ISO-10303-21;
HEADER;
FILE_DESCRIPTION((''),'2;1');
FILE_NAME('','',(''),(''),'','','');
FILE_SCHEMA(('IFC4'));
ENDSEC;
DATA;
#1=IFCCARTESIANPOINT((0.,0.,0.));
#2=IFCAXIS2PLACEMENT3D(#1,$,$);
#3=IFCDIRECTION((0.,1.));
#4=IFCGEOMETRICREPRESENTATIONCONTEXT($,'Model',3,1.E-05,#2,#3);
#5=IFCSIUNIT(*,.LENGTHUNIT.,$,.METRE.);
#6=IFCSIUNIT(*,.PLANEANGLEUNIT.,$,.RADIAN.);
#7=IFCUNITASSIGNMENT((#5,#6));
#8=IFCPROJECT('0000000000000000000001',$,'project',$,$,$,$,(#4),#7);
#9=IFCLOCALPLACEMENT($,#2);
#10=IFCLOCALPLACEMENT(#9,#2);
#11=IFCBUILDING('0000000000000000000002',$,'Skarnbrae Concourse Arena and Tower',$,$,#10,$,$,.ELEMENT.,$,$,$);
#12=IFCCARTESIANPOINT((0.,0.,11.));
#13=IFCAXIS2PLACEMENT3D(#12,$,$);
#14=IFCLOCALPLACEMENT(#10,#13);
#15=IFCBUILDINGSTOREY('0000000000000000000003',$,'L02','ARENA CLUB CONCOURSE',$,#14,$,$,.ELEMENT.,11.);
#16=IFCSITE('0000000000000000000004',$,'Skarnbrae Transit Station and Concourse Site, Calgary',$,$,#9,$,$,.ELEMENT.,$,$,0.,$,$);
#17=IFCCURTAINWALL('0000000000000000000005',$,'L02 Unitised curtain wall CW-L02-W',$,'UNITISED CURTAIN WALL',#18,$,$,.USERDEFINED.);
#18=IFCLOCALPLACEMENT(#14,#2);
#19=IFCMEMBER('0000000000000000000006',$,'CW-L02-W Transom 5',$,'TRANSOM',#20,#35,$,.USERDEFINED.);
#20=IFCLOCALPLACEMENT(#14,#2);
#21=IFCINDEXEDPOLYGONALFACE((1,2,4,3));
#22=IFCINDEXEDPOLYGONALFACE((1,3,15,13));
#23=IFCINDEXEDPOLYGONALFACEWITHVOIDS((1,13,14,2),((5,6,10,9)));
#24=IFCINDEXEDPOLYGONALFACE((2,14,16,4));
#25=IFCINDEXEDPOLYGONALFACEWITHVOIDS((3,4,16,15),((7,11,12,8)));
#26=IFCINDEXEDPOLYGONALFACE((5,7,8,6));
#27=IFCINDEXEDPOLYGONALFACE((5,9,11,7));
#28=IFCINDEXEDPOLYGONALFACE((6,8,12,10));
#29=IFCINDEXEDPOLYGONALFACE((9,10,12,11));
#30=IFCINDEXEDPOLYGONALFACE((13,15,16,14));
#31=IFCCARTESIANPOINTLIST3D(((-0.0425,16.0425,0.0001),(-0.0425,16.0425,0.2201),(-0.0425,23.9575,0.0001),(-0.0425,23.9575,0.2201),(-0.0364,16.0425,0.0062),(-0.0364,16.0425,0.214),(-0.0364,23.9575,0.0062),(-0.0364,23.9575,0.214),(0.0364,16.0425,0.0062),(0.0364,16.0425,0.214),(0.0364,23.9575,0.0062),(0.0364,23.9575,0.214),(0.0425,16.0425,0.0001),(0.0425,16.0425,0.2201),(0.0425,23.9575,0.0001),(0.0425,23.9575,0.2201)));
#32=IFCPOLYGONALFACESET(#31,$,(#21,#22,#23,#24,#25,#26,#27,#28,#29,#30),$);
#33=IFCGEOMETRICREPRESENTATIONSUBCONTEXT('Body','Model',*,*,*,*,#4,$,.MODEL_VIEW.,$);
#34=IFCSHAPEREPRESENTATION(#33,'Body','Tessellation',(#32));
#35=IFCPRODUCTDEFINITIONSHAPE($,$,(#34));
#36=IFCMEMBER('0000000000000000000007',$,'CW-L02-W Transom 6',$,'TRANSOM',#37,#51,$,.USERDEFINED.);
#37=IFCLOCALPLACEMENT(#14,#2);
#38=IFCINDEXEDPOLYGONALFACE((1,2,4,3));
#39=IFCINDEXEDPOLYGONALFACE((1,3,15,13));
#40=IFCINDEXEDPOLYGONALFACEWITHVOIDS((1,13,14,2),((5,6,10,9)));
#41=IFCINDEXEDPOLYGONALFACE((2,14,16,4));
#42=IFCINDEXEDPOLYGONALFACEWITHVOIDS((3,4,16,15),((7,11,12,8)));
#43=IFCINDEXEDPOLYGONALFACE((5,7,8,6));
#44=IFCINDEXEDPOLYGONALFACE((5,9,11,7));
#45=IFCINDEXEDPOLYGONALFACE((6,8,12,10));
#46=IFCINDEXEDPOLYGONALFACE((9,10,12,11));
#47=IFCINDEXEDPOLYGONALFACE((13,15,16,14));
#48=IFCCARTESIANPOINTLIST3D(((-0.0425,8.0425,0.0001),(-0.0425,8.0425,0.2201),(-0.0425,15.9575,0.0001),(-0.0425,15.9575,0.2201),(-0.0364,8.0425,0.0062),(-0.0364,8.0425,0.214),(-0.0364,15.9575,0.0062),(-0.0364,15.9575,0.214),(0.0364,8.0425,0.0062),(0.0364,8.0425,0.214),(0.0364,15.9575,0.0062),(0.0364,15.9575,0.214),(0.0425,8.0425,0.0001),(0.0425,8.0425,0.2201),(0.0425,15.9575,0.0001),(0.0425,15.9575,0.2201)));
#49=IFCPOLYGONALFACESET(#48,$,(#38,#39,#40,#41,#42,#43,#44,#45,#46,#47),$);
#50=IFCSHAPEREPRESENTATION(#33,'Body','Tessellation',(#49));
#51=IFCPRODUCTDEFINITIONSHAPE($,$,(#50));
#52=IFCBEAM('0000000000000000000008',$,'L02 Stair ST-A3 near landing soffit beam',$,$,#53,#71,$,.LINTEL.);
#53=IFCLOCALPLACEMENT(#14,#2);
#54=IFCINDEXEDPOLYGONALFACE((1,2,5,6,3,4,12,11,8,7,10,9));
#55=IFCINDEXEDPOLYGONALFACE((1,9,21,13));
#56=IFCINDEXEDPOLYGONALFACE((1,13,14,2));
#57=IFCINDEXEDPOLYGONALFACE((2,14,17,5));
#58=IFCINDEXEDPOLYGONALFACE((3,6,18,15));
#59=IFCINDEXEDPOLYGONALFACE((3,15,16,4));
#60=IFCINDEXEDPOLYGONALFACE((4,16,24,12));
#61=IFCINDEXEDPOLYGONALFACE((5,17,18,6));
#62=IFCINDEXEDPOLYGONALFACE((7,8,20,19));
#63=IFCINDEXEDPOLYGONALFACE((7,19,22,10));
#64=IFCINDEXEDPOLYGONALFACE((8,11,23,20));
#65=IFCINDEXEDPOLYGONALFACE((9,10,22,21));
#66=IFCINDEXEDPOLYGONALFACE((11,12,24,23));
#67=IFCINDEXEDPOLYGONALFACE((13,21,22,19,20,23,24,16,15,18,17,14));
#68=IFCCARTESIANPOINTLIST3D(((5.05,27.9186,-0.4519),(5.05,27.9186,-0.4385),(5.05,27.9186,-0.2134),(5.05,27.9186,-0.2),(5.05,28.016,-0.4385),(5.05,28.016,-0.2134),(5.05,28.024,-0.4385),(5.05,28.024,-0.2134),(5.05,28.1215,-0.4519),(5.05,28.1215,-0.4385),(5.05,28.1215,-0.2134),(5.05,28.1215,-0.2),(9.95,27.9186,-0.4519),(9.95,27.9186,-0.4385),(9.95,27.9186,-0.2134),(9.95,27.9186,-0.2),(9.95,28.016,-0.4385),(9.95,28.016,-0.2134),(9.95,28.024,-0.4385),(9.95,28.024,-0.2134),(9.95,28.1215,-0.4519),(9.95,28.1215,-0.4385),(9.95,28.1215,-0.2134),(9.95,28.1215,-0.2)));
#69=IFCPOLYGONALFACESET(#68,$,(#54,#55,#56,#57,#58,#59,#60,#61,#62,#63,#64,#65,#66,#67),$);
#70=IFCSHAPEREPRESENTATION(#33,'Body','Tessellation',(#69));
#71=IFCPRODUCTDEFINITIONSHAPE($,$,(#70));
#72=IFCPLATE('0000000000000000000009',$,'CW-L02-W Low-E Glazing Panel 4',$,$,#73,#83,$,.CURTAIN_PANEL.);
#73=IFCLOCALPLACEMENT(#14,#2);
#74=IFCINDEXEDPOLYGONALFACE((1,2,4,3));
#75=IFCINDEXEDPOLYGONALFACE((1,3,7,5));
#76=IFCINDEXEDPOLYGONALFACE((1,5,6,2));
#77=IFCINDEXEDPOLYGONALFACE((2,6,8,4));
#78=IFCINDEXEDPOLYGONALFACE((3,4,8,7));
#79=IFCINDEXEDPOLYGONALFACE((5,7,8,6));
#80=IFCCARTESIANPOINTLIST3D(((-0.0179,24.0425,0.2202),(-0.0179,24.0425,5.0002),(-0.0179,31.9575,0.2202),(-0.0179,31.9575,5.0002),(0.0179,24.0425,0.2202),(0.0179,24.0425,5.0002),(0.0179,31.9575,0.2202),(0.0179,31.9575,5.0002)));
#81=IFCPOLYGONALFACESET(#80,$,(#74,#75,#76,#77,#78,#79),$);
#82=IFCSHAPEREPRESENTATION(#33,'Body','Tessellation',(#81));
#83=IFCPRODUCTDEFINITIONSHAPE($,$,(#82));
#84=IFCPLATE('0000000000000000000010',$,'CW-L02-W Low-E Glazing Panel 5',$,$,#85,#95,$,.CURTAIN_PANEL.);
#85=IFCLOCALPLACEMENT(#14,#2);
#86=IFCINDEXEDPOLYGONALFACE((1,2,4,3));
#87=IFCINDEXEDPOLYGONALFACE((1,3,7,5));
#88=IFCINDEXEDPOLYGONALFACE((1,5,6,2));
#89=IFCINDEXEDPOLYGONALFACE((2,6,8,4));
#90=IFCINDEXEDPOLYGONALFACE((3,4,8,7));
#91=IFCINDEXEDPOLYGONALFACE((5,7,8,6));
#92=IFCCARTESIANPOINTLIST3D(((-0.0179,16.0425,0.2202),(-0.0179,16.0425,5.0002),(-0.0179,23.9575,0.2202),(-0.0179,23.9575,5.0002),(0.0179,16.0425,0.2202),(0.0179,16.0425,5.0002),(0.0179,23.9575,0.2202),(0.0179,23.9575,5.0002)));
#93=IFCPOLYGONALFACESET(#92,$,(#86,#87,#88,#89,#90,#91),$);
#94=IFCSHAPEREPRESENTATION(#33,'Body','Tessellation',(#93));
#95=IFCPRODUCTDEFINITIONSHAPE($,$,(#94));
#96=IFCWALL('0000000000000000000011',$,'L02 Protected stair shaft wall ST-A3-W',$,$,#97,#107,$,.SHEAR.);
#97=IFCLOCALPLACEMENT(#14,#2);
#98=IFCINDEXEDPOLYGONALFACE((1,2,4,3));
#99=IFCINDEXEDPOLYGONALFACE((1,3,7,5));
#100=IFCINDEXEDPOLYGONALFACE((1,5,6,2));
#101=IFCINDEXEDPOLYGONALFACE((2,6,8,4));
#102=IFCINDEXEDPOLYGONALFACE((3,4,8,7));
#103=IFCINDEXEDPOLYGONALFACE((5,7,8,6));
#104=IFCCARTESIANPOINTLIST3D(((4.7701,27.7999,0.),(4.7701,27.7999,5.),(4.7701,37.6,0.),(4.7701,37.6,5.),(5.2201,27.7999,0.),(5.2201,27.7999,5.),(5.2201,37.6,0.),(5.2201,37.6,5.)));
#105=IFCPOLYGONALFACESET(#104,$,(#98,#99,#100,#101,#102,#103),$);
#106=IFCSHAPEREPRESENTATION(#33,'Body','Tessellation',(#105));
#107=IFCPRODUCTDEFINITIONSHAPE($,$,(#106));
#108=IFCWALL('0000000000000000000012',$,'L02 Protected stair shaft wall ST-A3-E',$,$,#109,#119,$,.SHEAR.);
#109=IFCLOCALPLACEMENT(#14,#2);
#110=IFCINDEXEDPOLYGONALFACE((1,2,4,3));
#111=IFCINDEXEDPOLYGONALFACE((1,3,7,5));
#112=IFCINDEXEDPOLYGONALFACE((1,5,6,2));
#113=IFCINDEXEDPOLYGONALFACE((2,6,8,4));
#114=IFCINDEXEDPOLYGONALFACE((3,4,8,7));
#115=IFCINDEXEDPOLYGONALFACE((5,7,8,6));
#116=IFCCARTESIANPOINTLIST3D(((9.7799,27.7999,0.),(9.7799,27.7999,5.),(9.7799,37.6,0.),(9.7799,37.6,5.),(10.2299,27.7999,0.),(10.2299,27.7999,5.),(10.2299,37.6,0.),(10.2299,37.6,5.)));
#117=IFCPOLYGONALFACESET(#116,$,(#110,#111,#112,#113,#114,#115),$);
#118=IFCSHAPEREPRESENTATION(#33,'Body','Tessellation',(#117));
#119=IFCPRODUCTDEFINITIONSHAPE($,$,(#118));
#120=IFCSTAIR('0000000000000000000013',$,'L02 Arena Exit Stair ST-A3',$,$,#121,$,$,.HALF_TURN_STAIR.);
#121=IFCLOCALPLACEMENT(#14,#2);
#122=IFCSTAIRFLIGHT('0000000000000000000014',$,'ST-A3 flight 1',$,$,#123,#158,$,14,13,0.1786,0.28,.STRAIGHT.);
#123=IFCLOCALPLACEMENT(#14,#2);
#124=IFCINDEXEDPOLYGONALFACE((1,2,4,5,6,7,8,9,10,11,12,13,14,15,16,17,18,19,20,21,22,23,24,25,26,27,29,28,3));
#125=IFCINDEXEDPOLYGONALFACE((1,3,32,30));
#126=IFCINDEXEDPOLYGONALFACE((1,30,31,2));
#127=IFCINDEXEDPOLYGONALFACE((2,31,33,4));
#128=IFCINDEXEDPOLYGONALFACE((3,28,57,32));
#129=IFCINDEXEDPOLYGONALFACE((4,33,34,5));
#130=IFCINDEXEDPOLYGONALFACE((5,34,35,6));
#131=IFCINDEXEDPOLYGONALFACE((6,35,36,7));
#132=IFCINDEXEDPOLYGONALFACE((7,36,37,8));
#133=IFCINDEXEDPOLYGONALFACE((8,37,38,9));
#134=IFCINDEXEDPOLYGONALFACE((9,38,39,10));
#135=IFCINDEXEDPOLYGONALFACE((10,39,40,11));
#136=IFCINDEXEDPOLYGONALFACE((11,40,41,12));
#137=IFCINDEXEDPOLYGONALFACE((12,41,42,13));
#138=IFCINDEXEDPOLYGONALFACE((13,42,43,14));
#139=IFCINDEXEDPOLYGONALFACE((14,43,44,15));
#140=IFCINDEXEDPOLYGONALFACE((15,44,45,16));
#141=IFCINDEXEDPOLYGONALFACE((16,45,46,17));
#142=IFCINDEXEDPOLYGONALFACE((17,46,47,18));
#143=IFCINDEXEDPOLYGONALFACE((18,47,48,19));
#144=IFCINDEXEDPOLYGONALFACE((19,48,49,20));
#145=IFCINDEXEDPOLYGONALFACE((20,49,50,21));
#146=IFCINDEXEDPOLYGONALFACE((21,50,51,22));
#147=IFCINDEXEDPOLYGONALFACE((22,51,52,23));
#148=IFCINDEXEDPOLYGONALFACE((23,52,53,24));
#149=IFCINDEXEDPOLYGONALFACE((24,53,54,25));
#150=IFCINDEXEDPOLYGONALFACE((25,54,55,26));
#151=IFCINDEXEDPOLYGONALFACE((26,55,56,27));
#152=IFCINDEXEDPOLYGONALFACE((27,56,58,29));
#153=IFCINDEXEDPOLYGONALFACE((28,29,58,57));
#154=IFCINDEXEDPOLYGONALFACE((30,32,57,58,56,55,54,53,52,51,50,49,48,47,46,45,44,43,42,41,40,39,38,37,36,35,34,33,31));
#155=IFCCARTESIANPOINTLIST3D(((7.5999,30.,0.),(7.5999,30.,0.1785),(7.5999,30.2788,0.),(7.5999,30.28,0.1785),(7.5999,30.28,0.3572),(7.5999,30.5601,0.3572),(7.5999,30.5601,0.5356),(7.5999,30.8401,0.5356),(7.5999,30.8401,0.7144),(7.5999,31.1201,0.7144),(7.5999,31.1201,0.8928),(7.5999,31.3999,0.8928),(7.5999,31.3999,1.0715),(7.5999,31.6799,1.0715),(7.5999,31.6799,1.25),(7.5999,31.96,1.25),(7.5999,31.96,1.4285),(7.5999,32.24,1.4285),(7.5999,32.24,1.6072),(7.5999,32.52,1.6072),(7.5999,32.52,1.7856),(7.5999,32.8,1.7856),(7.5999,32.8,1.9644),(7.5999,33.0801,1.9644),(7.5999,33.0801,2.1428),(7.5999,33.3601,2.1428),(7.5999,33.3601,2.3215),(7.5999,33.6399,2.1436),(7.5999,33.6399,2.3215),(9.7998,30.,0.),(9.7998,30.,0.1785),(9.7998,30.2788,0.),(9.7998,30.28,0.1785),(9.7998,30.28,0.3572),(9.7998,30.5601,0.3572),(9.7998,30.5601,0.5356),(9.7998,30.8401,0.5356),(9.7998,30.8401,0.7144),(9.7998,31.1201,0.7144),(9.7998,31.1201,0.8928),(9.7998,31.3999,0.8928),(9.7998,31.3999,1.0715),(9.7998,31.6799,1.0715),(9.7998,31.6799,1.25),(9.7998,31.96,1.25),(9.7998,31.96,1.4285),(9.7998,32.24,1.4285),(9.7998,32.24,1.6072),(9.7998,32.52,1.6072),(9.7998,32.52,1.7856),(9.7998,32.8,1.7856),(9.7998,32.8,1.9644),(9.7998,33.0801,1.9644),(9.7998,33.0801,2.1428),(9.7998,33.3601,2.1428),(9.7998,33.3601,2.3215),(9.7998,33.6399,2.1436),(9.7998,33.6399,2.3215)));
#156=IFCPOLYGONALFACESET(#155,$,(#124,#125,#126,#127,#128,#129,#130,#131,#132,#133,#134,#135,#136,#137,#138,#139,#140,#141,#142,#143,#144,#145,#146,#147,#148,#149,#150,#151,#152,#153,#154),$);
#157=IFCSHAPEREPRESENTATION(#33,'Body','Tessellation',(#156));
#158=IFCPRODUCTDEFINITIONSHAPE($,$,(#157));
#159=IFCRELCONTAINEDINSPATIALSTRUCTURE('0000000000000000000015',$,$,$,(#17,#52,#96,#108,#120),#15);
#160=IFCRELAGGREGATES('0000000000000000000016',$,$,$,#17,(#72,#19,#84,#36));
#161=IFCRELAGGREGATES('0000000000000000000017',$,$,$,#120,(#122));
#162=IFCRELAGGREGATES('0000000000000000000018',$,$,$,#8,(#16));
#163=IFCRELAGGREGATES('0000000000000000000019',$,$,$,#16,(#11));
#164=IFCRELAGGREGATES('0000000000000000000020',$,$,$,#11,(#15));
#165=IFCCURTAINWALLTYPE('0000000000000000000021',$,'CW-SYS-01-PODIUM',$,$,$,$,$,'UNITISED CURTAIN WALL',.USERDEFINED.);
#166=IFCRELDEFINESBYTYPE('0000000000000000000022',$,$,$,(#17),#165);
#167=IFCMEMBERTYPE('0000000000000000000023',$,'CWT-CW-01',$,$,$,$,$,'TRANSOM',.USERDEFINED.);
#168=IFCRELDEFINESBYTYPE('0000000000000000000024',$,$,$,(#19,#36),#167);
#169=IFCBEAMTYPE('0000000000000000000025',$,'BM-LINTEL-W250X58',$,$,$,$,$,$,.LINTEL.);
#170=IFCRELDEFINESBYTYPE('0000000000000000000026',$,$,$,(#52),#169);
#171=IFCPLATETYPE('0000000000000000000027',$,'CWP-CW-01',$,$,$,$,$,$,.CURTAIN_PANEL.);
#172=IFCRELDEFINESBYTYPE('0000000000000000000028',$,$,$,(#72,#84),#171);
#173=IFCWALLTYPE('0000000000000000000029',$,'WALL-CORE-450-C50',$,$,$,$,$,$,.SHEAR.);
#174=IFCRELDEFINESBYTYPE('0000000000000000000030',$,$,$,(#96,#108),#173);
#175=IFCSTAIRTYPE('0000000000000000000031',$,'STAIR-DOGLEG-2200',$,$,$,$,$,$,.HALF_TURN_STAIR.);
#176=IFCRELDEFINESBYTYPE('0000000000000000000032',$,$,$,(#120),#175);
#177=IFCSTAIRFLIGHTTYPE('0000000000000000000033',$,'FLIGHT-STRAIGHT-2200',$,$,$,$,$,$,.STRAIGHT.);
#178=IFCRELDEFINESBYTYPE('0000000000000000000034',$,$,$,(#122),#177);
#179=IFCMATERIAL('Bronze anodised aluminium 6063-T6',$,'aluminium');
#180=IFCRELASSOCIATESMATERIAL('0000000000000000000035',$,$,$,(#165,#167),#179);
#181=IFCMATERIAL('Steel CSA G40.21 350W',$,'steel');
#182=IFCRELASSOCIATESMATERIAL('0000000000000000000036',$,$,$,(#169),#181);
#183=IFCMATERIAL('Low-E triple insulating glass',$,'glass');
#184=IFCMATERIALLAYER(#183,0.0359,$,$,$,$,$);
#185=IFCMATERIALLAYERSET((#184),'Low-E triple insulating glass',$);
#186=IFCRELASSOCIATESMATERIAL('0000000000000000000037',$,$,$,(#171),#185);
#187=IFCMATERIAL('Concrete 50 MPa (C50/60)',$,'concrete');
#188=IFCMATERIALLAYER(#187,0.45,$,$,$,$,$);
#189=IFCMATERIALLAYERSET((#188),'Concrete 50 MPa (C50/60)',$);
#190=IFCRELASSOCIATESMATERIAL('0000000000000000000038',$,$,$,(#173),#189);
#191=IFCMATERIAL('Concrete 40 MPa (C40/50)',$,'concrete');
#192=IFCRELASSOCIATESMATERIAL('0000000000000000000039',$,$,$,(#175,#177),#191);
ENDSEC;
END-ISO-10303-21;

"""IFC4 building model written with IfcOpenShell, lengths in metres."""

from ifc_helpers import new_model, si_unit, direction, frame, frame_2d, origin, origin_2d, place, context, subcontext, project, spatial, polyline, rectangle, hollow_rectangle, i_section, outline, extrude, source, transform, mapped, material, layer, layer_set, material_profile, profile_set, type_object, element, aggregate, save


model = new_model("IFC4")

# Units and contexts
model_context = context("Model", 3, precision=1e-05, world=origin(), true_north=direction((0.0, 1.0)))
body_context = subcontext(model_context, "Body", "Model", "MODEL_VIEW")
ifc_project = project(units=[si_unit("LENGTHUNIT", "METRE"), si_unit("PLANEANGLEUNIT", "RADIAN")], contexts=[model_context])

# Site, building, storey
site_placement = place(None, origin())
site = spatial("IfcSite", under=ifc_project, at=site_placement, Name="Skarnbrae Transit Station and Concourse Site, Calgary", CompositionType="ELEMENT", RefElevation=0.0)
building_placement = place(site_placement, origin())
building = spatial("IfcBuilding", under=site, at=building_placement, Name="Skarnbrae Concourse Arena and Tower", CompositionType="ELEMENT")
storey_placement = place(building_placement, frame((0.0, 0.0, 11.0)))
storey = spatial("IfcBuildingStorey", under=building, at=storey_placement, Name="L02", Description="ARENA CLUB CONCOURSE", CompositionType="ELEMENT", Elevation=11.0)

# Shared definitions
ifc_material_1 = material(Name="Steel CSA G40.21 350W", Category="steel")

# Curtain wall, members
ifc_material_2 = material(Name="Bronze anodised aluminium 6063-T6", Category="aluminium")
curtain_wall_type = type_object("IfcCurtainWallType", Name="CW-SYS-01-PODIUM", ElementType="UNITISED CURTAIN WALL", PredefinedType="USERDEFINED", material=ifc_material_2)
curtain_wall_placement = place(storey_placement, origin())
curtain_wall = element("IfcCurtainWall", 1, at=curtain_wall_placement, inside=storey, type_object=curtain_wall_type, Name="L02 Unitised curtain wall CW-L02-W", ObjectType="UNITISED CURTAIN WALL", PredefinedType="USERDEFINED")
ifc_material_profile_1 = material_profile(ifc_material_2, hollow_rectangle(XDim=0.085, YDim=0.22, WallThickness=0.0061, at=origin_2d()), Name="ALU-TRAN-85X220")
ifc_profile_set_1 = profile_set([ifc_material_profile_1], Name="Bronze anodised aluminium 6063-T6")
member_type_1 = type_object("IfcMemberType", Name="CWT-CW-01", ElementType="TRANSOM", PredefinedType="USERDEFINED", material=ifc_profile_set_1)
shared_shape_1 = source(origin(), body_context, "Body", "SweptSolid", [
    extrude(hollow_rectangle(XDim=0.085, YDim=0.22, WallThickness=0.0061, at=origin_2d()), origin(), (0.0, 0.0, 1.0), 7.915),
])
member_1_placement = place(storey_placement, frame((0.0, 23.9575, 0.1101), z_axis=(0.0, -1.0, 0.0), x_axis=(1.0, 0.0, 0.0)))
member_1 = element("IfcMember", 2, at=member_1_placement, type_object=member_type_1, Name="CW-L02-W Transom 5", ObjectType="TRANSOM", PredefinedType="USERDEFINED", context=body_context, shape_type="MappedRepresentation", body=[
    mapped(shared_shape_1, transform((0.0, 0.0, 0.0))),
])
member_2_placement = place(storey_placement, frame((0.0, 15.9575, 0.1101), z_axis=(0.0, -1.0, 0.0), x_axis=(1.0, 0.0, 0.0)))
member_2 = element("IfcMember", 3, at=member_2_placement, type_object=member_type_1, Name="CW-L02-W Transom 6", ObjectType="TRANSOM", PredefinedType="USERDEFINED", context=body_context, shape_type="MappedRepresentation", body=[
    mapped(shared_shape_1, transform((0.0, 0.0, 0.0))),
])

# Beam
ifc_material_profile_2 = material_profile(ifc_material_1, i_section(OverallWidth=0.2029, OverallDepth=0.252, WebThickness=0.0081, FlangeThickness=0.0134, at=origin_2d()), Name="W250X58")
ifc_profile_set_2 = profile_set([ifc_material_profile_2], Name="Steel CSA G40.21 350W")
beam_type_1 = type_object("IfcBeamType", Name="BM-LINTEL-W250X58", PredefinedType="LINTEL", material=ifc_profile_set_2)
shared_shape_2 = source(origin(), body_context, "Body", "SweptSolid", [
    extrude(i_section(OverallWidth=0.2029, OverallDepth=0.252, WebThickness=0.0081, FlangeThickness=0.0134, at=origin_2d()), origin(), (0.0, 0.0, 1.0), 4.8999),
])
beam_1_placement = place(storey_placement, frame((9.95, 28.02, -0.3259), z_axis=(-1.0, 0.0, 0.0), x_axis=(0.0, -1.0, 0.0)))
element("IfcBeam", 4, at=beam_1_placement, inside=storey, type_object=beam_type_1, Name="L02 Stair ST-A3 near landing soffit beam", PredefinedType="LINTEL", context=body_context, shape_type="MappedRepresentation", body=[
    mapped(shared_shape_2, transform((0.0, 0.0, 0.0))),
])

# Plates
ifc_material_3 = material(Name="Low-E triple insulating glass", Category="glass")
ifc_layer_1 = layer(ifc_material_3, 0.0359)
ifc_layer_set_1 = layer_set([ifc_layer_1], Name="Low-E triple insulating glass")
plate_type = type_object("IfcPlateType", Name="CWP-CW-01", PredefinedType="CURTAIN_PANEL", material=ifc_layer_set_1)
shared_shape_3 = source(origin(), body_context, "Body", "SweptSolid", [
    extrude(rectangle(XDim=7.915, YDim=0.0359, at=origin_2d()), origin(), (0.0, 0.0, 1.0), 4.78),
])
plate_1_placement = place(storey_placement, frame((0.0, 28.0, 0.2202), z_axis=(0.0, 0.0, 1.0), x_axis=(0.0, -1.0, 0.0)))
plate_1 = element("IfcPlate", 5, at=plate_1_placement, type_object=plate_type, Name="CW-L02-W Low-E Glazing Panel 4", PredefinedType="CURTAIN_PANEL", context=body_context, shape_type="MappedRepresentation", body=[
    mapped(shared_shape_3, transform((0.0, 0.0, 0.0))),
])
plate_2_placement = place(storey_placement, frame((0.0, 20.0, 0.2202), z_axis=(0.0, 0.0, 1.0), x_axis=(0.0, -1.0, 0.0)))
plate_2 = element("IfcPlate", 6, at=plate_2_placement, type_object=plate_type, Name="CW-L02-W Low-E Glazing Panel 5", PredefinedType="CURTAIN_PANEL", context=body_context, shape_type="MappedRepresentation", body=[
    mapped(shared_shape_3, transform((0.0, 0.0, 0.0))),
])
aggregate(curtain_wall, [plate_1, member_1, plate_2, member_2])

# Walls
ifc_material_4 = material(Name="Concrete 50 MPa (C50/60)", Category="concrete")
ifc_layer_2 = layer(ifc_material_4, 0.45)
ifc_layer_set_2 = layer_set([ifc_layer_2], Name="Concrete 50 MPa (C50/60)")
wall_type = type_object("IfcWallType", Name="WALL-CORE-450-C50", PredefinedType="SHEAR", material=ifc_layer_set_2)
shared_shape_4 = source(origin(), body_context, "Body", "SweptSolid", [
    extrude(rectangle(XDim=9.8, YDim=0.45, at=frame_2d((4.8999, 0.0))), origin(), (0.0, 0.0, 1.0), 5.0),
])
for number, where, z_axis, x_axis, name in (
    (7, (4.9951, 27.8, 0.0), (0.0, 0.0, 1.0), (0.0, 1.0, 0.0), "L02 Protected stair shaft wall ST-A3-W"),
    (8, (10.0049, 27.8, 0.0), (0.0, 0.0, 1.0), (0.0, 1.0, 0.0), "L02 Protected stair shaft wall ST-A3-E"),
):
    element("IfcWall", number, at=place(storey_placement, frame(where, z_axis=z_axis, x_axis=x_axis)), inside=storey, type_object=wall_type, Name=name, PredefinedType="SHEAR", context=body_context, shape_type="MappedRepresentation", body=[
        mapped(shared_shape_4, transform((0.0, 0.0, 0.0))),
    ])

# Stair, stair flight
ifc_material_5 = material(Name="Concrete 40 MPa (C40/50)", Category="concrete")
stair_type = type_object("IfcStairType", Name="STAIR-DOGLEG-2200", PredefinedType="HALF_TURN_STAIR", material=ifc_material_5)
stair_placement = place(storey_placement, origin())
stair = element("IfcStair", 9, at=stair_placement, inside=storey, type_object=stair_type, Name="L02 Arena Exit Stair ST-A3", PredefinedType="HALF_TURN_STAIR")
stair_flight_type = type_object("IfcStairFlightType", Name="FLIGHT-STRAIGHT-2200", PredefinedType="STRAIGHT", material=ifc_material_5)
shared_shape_5 = source(origin(), body_context, "Body", "SweptSolid", [
    extrude(outline(polyline([(0.0, 0.0), (0.0, 0.1785), (0.28, 0.1785), (0.28, 0.3572), (0.5601, 0.3572), (0.5601, 0.5356), (0.8401, 0.5356), (0.8401, 0.7144), (1.1201, 0.7144), (1.1201, 0.8928), (1.3999, 0.8928), (1.3999, 1.0715), (1.6799, 1.0715), (1.6799, 1.25), (1.96, 1.25), (1.96, 1.4285), (2.24, 1.4285), (2.24, 1.6072), (2.52, 1.6072), (2.52, 1.7856), (2.8, 1.7856), (2.8, 1.9644), (3.0801, 1.9644), (3.0801, 2.1428), (3.3601, 2.1428), (3.3601, 2.3215), (3.6399, 2.3215), (3.6399, 2.5), (3.6399, 2.1436), (0.2788, 0.0), (0.0, 0.0)])), frame((0.0, 1.1001, 0.0), z_axis=(0.0, -1.0, 0.0), x_axis=(1.0, 0.0, 0.0)), (0.0, 0.0, 1.0), 2.2),
])
stair_flight_1_placement = place(storey_placement, frame((8.7, 30.0, 0.0), z_axis=(0.0, 0.0, 1.0), x_axis=(0.0, 1.0, 0.0)))
stair_flight_1 = element("IfcStairFlight", 10, at=stair_flight_1_placement, type_object=stair_flight_type, Name="ST-A3 flight 1", NumberOfRisers=14, NumberOfTreads=13, PredefinedType="STRAIGHT", RiserHeight=0.1786, TreadLength=0.28, context=body_context, shape_type="MappedRepresentation", body=[
    mapped(shared_shape_5, transform((0.0, 0.0, 0.0))),
])
aggregate(stair, [stair_flight_1])

save(model, "model.ifc")
